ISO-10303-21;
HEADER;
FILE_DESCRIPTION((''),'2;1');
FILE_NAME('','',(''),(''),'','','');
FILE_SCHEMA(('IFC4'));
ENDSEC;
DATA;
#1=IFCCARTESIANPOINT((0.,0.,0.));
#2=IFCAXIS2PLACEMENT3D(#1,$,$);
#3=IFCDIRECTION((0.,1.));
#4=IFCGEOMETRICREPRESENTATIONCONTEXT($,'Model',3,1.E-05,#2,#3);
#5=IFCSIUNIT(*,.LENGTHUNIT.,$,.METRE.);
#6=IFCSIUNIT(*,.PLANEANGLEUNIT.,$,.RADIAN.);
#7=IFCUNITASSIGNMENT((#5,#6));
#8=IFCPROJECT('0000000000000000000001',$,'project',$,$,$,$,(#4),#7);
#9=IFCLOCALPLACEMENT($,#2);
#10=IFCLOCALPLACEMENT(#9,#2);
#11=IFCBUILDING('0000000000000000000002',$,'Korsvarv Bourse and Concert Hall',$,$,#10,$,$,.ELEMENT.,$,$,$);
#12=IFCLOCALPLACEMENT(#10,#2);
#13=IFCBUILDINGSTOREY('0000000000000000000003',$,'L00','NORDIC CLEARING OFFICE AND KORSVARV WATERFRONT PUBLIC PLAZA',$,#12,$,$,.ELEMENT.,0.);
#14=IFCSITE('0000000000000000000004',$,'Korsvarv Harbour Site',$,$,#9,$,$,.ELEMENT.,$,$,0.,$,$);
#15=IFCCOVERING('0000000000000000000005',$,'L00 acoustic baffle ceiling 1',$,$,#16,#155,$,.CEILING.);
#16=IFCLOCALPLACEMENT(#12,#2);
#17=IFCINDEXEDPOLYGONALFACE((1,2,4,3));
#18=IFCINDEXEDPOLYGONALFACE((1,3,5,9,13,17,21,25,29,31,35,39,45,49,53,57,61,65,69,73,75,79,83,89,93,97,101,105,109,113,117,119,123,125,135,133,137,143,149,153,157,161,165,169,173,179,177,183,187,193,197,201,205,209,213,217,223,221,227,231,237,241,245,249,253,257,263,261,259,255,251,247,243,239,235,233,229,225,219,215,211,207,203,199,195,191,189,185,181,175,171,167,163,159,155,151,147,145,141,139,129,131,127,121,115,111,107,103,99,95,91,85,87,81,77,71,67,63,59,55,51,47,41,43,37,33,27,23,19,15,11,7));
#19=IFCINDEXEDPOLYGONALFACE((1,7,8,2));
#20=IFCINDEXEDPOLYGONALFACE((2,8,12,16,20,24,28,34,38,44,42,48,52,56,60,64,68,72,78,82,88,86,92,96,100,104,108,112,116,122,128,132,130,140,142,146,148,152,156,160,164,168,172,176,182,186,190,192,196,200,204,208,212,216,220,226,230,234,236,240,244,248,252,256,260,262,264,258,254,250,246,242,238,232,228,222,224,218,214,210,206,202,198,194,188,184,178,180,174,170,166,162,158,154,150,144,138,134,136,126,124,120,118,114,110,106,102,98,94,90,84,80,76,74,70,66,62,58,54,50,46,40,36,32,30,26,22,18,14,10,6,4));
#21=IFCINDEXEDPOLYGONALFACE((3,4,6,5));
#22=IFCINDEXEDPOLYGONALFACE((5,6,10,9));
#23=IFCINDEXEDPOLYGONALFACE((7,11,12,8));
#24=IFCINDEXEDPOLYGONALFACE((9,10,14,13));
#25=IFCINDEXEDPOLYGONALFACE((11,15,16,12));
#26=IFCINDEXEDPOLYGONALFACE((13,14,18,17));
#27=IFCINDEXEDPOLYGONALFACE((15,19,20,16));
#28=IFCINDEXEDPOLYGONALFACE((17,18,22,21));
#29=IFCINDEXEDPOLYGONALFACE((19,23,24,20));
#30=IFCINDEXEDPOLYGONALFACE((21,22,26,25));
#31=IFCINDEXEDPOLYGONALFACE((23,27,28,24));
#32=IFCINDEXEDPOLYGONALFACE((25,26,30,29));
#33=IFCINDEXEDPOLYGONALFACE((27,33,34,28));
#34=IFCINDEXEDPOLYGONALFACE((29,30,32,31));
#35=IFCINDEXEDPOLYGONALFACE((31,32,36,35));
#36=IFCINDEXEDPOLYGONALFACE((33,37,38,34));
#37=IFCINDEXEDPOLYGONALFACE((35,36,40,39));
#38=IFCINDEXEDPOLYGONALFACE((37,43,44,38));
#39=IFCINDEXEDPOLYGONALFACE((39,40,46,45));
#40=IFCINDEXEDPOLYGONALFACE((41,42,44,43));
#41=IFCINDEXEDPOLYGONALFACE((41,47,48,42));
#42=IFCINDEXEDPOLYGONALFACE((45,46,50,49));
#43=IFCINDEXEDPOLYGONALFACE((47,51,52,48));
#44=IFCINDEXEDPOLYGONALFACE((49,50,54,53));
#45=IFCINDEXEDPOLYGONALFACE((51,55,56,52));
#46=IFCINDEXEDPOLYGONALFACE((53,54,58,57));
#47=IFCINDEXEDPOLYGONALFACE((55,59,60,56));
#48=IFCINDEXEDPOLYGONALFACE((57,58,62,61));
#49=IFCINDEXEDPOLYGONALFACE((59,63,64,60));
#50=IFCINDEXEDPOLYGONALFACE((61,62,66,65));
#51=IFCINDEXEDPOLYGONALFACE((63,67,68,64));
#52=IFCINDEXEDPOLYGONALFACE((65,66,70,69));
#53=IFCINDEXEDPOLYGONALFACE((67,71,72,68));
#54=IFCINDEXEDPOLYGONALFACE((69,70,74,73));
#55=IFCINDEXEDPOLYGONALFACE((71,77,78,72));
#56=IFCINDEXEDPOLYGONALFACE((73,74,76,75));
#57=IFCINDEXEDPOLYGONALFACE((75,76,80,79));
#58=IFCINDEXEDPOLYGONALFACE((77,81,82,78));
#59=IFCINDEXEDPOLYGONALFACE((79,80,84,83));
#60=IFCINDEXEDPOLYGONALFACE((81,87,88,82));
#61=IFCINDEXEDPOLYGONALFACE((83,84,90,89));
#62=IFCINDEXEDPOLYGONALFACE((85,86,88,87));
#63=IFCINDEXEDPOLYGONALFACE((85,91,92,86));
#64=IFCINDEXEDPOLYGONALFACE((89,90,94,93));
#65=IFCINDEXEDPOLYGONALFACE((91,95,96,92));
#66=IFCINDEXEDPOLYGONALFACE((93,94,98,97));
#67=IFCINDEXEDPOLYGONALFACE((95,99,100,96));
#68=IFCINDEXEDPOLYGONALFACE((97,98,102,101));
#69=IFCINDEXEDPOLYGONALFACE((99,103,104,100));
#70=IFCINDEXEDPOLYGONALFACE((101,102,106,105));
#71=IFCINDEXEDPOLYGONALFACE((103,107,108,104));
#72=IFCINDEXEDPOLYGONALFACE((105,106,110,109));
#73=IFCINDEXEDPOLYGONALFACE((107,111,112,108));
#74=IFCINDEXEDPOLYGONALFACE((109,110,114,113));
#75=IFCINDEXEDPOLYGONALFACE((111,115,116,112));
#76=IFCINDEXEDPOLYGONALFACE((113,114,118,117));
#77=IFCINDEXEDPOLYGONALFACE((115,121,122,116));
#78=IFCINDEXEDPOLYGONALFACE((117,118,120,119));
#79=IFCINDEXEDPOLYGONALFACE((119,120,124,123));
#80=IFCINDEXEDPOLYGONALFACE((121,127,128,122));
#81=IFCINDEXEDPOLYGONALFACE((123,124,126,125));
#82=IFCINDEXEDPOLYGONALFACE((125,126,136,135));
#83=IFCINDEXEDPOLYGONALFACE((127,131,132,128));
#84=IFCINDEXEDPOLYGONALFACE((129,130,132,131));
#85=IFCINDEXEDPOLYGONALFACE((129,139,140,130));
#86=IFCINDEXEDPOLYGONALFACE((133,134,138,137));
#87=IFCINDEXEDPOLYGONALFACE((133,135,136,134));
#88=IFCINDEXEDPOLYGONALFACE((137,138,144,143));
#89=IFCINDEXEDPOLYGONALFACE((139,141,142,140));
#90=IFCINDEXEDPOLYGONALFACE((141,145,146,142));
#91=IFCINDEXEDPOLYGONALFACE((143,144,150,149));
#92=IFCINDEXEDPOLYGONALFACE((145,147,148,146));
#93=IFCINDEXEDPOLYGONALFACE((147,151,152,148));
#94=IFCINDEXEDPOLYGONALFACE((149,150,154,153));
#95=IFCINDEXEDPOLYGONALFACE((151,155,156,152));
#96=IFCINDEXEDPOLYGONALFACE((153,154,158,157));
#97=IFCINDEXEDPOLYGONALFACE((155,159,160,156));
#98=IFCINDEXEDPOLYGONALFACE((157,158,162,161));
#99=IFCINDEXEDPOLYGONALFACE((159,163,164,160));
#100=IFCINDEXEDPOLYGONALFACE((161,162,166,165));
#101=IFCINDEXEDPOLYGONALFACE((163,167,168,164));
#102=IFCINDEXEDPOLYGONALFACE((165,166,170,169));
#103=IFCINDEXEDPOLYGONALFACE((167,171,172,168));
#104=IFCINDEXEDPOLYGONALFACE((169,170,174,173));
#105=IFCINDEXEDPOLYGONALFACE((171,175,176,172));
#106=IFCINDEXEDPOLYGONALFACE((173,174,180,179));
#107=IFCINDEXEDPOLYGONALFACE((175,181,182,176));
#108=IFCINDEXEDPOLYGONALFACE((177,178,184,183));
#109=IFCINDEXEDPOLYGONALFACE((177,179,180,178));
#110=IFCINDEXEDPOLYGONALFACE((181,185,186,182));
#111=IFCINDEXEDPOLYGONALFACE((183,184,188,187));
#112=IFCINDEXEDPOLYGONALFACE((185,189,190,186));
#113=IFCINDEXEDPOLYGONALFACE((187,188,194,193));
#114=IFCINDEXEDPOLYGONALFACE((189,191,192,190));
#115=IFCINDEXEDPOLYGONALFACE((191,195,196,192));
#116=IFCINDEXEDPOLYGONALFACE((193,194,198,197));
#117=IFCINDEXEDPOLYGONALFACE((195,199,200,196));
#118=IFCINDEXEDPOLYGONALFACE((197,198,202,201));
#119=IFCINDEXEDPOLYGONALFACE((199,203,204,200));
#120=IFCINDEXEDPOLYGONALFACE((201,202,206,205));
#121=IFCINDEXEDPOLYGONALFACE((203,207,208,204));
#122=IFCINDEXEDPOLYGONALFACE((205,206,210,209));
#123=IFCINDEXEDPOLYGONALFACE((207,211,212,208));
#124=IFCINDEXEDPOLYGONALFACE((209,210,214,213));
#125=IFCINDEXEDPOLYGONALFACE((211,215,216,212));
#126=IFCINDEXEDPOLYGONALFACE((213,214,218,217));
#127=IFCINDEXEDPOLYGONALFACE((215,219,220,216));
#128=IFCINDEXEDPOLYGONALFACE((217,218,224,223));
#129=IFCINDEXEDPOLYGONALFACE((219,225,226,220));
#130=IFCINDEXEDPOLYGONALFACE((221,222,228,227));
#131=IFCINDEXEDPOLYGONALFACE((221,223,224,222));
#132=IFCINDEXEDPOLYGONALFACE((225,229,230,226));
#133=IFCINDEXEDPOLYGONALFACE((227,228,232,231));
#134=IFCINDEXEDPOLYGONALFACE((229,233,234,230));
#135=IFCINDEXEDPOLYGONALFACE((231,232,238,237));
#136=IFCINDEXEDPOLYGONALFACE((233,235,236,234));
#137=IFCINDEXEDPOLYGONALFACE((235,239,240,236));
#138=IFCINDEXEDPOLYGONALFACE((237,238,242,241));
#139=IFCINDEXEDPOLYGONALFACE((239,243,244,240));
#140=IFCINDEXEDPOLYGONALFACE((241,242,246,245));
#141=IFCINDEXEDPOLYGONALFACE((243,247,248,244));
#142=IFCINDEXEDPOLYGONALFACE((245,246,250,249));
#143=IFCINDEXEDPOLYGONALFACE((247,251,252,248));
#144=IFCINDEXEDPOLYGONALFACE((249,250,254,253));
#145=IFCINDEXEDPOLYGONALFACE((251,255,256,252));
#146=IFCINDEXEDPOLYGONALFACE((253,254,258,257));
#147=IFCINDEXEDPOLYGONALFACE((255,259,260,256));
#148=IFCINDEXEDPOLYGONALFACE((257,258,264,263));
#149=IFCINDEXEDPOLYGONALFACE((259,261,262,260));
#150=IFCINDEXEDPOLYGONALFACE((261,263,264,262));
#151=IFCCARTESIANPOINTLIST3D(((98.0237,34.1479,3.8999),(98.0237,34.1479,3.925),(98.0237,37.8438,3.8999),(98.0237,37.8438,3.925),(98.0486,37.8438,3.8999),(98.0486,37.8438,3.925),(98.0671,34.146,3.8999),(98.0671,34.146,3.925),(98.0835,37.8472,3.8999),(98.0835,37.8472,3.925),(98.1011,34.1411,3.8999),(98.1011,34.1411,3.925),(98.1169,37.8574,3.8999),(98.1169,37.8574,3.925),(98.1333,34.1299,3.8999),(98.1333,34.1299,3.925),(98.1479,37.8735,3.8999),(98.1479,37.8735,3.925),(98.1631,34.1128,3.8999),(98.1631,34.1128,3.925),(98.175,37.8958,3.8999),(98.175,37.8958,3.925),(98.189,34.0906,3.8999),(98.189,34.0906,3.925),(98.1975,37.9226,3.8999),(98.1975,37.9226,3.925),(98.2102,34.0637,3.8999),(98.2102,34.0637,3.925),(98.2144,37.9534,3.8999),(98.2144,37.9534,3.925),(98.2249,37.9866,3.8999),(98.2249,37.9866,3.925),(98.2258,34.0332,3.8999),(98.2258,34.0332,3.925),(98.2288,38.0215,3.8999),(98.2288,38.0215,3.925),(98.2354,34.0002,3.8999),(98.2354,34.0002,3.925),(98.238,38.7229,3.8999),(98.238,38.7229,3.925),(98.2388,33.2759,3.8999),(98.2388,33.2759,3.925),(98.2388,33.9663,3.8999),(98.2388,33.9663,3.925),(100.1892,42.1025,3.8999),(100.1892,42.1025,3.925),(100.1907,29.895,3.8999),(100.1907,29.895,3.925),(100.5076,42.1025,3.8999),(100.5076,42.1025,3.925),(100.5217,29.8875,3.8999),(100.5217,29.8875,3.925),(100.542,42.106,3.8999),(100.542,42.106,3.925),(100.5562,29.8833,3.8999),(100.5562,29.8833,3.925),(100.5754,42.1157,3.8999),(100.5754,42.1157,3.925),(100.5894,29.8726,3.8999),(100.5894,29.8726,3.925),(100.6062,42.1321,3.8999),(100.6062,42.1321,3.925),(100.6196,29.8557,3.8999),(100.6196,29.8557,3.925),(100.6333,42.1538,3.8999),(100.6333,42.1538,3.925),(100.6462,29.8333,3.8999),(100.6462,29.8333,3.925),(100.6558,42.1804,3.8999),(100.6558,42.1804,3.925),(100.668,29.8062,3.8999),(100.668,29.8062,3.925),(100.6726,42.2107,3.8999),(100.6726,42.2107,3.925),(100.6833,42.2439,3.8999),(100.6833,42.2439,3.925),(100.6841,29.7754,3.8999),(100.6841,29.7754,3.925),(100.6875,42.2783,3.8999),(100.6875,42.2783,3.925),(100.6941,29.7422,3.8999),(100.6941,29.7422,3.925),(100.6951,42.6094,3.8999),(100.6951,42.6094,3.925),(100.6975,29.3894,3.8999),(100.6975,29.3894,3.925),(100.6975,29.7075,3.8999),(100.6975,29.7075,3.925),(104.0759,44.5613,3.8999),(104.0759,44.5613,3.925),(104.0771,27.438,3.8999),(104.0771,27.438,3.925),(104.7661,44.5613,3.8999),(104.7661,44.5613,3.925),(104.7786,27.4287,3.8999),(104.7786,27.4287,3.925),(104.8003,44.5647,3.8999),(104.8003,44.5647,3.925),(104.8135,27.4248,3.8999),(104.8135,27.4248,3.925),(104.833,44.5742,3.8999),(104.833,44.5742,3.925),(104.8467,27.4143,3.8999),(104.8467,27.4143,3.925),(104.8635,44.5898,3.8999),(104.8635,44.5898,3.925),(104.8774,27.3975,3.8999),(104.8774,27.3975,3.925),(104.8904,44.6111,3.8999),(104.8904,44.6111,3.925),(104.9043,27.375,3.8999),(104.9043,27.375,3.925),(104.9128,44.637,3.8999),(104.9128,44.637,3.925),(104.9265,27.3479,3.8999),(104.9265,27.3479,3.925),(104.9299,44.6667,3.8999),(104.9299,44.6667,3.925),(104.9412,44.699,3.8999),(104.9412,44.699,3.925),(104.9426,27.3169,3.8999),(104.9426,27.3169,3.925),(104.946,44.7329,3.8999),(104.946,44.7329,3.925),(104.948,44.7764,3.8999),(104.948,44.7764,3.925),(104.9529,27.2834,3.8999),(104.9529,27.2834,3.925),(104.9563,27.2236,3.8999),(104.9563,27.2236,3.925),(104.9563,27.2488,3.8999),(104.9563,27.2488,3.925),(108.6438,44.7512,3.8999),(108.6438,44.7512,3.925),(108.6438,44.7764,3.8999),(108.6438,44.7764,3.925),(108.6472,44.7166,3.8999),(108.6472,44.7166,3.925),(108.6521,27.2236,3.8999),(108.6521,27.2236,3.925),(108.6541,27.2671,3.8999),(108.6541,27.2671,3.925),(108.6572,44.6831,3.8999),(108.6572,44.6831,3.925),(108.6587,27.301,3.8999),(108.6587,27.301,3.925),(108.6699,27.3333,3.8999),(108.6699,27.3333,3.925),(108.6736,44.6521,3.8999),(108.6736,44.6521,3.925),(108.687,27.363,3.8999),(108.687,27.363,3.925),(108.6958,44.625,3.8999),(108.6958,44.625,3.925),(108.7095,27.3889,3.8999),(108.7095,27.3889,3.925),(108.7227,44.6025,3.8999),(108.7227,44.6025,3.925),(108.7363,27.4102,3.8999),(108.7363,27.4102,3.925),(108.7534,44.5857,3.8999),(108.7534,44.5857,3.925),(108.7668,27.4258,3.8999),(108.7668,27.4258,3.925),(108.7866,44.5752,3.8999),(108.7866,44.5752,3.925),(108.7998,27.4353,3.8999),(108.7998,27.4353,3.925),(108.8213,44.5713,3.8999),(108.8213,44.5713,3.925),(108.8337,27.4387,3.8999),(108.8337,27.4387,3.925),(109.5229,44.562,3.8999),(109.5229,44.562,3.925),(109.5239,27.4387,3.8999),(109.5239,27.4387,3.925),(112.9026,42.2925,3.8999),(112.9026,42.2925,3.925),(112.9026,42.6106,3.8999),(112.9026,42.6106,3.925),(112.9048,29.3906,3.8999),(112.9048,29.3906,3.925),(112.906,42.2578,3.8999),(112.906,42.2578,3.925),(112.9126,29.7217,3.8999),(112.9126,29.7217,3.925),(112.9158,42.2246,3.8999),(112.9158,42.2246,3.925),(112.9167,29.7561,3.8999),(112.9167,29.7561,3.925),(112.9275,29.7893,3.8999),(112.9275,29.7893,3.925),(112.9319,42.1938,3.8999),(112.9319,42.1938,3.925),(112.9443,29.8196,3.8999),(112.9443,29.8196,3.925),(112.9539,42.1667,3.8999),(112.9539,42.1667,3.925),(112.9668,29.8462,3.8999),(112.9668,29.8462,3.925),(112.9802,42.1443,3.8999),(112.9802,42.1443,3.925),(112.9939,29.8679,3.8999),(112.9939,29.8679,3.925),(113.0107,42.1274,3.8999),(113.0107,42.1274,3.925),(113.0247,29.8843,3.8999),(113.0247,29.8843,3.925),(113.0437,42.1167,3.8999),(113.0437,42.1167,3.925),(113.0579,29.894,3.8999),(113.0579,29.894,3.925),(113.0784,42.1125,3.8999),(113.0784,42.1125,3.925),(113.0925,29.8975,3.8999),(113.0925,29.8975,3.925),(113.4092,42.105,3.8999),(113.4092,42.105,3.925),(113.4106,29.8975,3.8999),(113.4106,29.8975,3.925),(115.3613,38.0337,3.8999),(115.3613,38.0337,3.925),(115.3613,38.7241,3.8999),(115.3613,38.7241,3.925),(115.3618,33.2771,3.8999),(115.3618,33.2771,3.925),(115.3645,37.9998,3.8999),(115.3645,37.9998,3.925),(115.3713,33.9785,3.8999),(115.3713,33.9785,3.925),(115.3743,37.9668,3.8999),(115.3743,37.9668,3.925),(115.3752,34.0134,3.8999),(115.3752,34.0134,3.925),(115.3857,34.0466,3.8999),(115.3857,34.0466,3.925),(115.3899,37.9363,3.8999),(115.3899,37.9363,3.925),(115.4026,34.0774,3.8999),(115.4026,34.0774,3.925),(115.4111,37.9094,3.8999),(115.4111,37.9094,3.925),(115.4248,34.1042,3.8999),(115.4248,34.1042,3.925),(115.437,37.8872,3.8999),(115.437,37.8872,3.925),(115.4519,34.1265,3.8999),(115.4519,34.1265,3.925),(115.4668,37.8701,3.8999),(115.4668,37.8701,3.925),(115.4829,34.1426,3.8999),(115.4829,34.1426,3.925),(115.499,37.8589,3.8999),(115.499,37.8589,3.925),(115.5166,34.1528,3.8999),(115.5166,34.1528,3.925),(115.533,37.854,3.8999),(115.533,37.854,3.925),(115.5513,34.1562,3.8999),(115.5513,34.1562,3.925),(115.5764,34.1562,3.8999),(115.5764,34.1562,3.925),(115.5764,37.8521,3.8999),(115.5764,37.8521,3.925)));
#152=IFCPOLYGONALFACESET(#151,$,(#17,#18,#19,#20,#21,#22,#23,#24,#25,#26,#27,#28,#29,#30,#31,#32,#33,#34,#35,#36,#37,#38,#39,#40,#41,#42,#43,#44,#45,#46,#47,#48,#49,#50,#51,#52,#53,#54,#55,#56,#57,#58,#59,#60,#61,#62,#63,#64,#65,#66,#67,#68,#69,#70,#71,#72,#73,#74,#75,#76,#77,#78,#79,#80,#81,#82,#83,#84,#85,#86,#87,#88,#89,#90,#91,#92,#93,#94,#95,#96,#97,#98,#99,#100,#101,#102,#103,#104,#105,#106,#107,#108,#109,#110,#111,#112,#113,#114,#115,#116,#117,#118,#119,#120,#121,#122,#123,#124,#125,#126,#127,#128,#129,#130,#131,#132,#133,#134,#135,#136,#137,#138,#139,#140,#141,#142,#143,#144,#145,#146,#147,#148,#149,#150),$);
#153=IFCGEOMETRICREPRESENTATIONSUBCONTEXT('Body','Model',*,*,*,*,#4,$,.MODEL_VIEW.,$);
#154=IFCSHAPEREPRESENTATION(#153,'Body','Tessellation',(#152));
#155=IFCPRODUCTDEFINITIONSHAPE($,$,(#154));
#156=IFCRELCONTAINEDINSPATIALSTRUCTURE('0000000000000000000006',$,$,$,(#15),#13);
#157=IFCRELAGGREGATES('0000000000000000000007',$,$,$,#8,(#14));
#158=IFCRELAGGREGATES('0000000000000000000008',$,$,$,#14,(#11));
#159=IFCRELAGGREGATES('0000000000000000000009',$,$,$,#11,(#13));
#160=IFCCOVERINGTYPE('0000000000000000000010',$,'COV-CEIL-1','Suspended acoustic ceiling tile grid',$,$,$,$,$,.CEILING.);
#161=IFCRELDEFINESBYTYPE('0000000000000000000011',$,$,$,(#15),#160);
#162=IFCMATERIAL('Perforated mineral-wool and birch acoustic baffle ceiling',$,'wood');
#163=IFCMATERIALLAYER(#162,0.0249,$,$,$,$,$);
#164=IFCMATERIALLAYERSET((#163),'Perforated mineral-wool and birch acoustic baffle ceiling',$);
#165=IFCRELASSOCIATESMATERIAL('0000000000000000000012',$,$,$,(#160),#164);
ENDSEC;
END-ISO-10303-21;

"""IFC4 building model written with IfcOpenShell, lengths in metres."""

from ifc_helpers import new_model, si_unit, direction, frame, origin, place, context, subcontext, project, spatial, polyline, outline, extrude, material, layer, layer_set, type_object, element, save


model = new_model("IFC4")

# Units and contexts
model_context = context("Model", 3, precision=1e-05, world=origin(), true_north=direction((0.0, 1.0)))
body_context = subcontext(model_context, "Body", "Model", "MODEL_VIEW")
ifc_project = project(units=[si_unit("LENGTHUNIT", "METRE"), si_unit("PLANEANGLEUNIT", "RADIAN")], contexts=[model_context])

# Site, building, storey
site_placement = place(None, origin())
site = spatial("IfcSite", under=ifc_project, at=site_placement, Name="Korsvarv Harbour Site", CompositionType="ELEMENT", RefElevation=0.0)
building_placement = place(site_placement, origin())
building = spatial("IfcBuilding", under=site, at=building_placement, Name="Korsvarv Bourse and Concert Hall", CompositionType="ELEMENT")
storey_placement = place(building_placement, origin())
storey = spatial("IfcBuildingStorey", under=building, at=storey_placement, Name="L00", Description="NORDIC CLEARING OFFICE AND KORSVARV WATERFRONT PUBLIC PLAZA", CompositionType="ELEMENT", Elevation=0.0)

# Covering
ifc_material_1 = material(Name="Perforated mineral-wool and birch acoustic baffle ceiling", Category="wood")
ifc_layer_1 = layer(ifc_material_1, 0.0249)
ifc_layer_set_1 = layer_set([ifc_layer_1], Name="Perforated mineral-wool and birch acoustic baffle ceiling")
covering_type_1 = type_object("IfcCoveringType", Name="COV-CEIL-1", Description="Suspended acoustic ceiling tile grid", PredefinedType="CEILING", material=ifc_layer_set_1)
covering_1_placement = place(storey_placement, frame((0.0, 0.0, 3.8999)))
element("IfcCovering", 1, at=covering_1_placement, inside=storey, type_object=covering_type_1, Name="L00 acoustic baffle ceiling 1", PredefinedType="CEILING", context=body_context, shape_type="SweptSolid", body=[
    extrude(outline(polyline([(115.5513, 34.1562), (115.5166, 34.1528), (115.4829, 34.1426), (115.4519, 34.1265), (115.4248, 34.1042), (115.4026, 34.0774), (115.3857, 34.0466), (115.3752, 34.0134), (115.3713, 33.9785), (115.3618, 33.2771), (113.4106, 29.8975), (113.0925, 29.8975), (113.0579, 29.894), (113.0247, 29.8843), (112.9939, 29.8679), (112.9668, 29.8462), (112.9443, 29.8196), (112.9275, 29.7893), (112.9167, 29.7561), (112.9126, 29.7217), (112.9048, 29.3906), (109.5239, 27.4387), (108.8337, 27.4387), (108.7998, 27.4353), (108.7668, 27.4258), (108.7363, 27.4102), (108.7095, 27.3889), (108.687, 27.363), (108.6699, 27.3333), (108.6587, 27.301), (108.6541, 27.2671), (108.6521, 27.2236), (104.9563, 27.2236), (104.9563, 27.2488), (104.9529, 27.2834), (104.9426, 27.3169), (104.9265, 27.3479), (104.9043, 27.375), (104.8774, 27.3975), (104.8467, 27.4143), (104.8135, 27.4248), (104.7786, 27.4287), (104.0771, 27.438), (100.6975, 29.3894), (100.6975, 29.7075), (100.6941, 29.7422), (100.6841, 29.7754), (100.668, 29.8062), (100.6462, 29.8333), (100.6196, 29.8557), (100.5894, 29.8726), (100.5562, 29.8833), (100.5217, 29.8875), (100.1907, 29.895), (98.2388, 33.2759), (98.2388, 33.9663), (98.2354, 34.0002), (98.2258, 34.0332), (98.2102, 34.0637), (98.189, 34.0906), (98.1631, 34.1128), (98.1333, 34.1299), (98.1011, 34.1411), (98.0671, 34.146), (98.0237, 34.1479), (98.0237, 37.8438), (98.0486, 37.8438), (98.0835, 37.8472), (98.1169, 37.8574), (98.1479, 37.8735), (98.175, 37.8958), (98.1975, 37.9226), (98.2144, 37.9534), (98.2249, 37.9866), (98.2288, 38.0215), (98.238, 38.7229), (100.1892, 42.1025), (100.5076, 42.1025), (100.542, 42.106), (100.5754, 42.1157), (100.6062, 42.1321), (100.6333, 42.1538), (100.6558, 42.1804), (100.6726, 42.2107), (100.6833, 42.2439), (100.6875, 42.2783), (100.6951, 42.6094), (104.0759, 44.5613), (104.7661, 44.5613), (104.8003, 44.5647), (104.833, 44.5742), (104.8635, 44.5898), (104.8904, 44.6111), (104.9128, 44.637), (104.9299, 44.6667), (104.9412, 44.699), (104.946, 44.7329), (104.948, 44.7764), (108.6438, 44.7764), (108.6438, 44.7512), (108.6472, 44.7166), (108.6572, 44.6831), (108.6736, 44.6521), (108.6958, 44.625), (108.7227, 44.6025), (108.7534, 44.5857), (108.7866, 44.5752), (108.8213, 44.5713), (109.5229, 44.562), (112.9026, 42.6106), (112.9026, 42.2925), (112.906, 42.2578), (112.9158, 42.2246), (112.9319, 42.1938), (112.9539, 42.1667), (112.9802, 42.1443), (113.0107, 42.1274), (113.0437, 42.1167), (113.0784, 42.1125), (113.4092, 42.105), (115.3613, 38.7241), (115.3613, 38.0337), (115.3645, 37.9998), (115.3743, 37.9668), (115.3899, 37.9363), (115.4111, 37.9094), (115.437, 37.8872), (115.4668, 37.8701), (115.499, 37.8589), (115.533, 37.854), (115.5764, 37.8521), (115.5764, 34.1562), (115.5513, 34.1562)])), origin(), (0.0, 0.0, 1.0), 0.0251),
])

save(model, "model.ifc")
